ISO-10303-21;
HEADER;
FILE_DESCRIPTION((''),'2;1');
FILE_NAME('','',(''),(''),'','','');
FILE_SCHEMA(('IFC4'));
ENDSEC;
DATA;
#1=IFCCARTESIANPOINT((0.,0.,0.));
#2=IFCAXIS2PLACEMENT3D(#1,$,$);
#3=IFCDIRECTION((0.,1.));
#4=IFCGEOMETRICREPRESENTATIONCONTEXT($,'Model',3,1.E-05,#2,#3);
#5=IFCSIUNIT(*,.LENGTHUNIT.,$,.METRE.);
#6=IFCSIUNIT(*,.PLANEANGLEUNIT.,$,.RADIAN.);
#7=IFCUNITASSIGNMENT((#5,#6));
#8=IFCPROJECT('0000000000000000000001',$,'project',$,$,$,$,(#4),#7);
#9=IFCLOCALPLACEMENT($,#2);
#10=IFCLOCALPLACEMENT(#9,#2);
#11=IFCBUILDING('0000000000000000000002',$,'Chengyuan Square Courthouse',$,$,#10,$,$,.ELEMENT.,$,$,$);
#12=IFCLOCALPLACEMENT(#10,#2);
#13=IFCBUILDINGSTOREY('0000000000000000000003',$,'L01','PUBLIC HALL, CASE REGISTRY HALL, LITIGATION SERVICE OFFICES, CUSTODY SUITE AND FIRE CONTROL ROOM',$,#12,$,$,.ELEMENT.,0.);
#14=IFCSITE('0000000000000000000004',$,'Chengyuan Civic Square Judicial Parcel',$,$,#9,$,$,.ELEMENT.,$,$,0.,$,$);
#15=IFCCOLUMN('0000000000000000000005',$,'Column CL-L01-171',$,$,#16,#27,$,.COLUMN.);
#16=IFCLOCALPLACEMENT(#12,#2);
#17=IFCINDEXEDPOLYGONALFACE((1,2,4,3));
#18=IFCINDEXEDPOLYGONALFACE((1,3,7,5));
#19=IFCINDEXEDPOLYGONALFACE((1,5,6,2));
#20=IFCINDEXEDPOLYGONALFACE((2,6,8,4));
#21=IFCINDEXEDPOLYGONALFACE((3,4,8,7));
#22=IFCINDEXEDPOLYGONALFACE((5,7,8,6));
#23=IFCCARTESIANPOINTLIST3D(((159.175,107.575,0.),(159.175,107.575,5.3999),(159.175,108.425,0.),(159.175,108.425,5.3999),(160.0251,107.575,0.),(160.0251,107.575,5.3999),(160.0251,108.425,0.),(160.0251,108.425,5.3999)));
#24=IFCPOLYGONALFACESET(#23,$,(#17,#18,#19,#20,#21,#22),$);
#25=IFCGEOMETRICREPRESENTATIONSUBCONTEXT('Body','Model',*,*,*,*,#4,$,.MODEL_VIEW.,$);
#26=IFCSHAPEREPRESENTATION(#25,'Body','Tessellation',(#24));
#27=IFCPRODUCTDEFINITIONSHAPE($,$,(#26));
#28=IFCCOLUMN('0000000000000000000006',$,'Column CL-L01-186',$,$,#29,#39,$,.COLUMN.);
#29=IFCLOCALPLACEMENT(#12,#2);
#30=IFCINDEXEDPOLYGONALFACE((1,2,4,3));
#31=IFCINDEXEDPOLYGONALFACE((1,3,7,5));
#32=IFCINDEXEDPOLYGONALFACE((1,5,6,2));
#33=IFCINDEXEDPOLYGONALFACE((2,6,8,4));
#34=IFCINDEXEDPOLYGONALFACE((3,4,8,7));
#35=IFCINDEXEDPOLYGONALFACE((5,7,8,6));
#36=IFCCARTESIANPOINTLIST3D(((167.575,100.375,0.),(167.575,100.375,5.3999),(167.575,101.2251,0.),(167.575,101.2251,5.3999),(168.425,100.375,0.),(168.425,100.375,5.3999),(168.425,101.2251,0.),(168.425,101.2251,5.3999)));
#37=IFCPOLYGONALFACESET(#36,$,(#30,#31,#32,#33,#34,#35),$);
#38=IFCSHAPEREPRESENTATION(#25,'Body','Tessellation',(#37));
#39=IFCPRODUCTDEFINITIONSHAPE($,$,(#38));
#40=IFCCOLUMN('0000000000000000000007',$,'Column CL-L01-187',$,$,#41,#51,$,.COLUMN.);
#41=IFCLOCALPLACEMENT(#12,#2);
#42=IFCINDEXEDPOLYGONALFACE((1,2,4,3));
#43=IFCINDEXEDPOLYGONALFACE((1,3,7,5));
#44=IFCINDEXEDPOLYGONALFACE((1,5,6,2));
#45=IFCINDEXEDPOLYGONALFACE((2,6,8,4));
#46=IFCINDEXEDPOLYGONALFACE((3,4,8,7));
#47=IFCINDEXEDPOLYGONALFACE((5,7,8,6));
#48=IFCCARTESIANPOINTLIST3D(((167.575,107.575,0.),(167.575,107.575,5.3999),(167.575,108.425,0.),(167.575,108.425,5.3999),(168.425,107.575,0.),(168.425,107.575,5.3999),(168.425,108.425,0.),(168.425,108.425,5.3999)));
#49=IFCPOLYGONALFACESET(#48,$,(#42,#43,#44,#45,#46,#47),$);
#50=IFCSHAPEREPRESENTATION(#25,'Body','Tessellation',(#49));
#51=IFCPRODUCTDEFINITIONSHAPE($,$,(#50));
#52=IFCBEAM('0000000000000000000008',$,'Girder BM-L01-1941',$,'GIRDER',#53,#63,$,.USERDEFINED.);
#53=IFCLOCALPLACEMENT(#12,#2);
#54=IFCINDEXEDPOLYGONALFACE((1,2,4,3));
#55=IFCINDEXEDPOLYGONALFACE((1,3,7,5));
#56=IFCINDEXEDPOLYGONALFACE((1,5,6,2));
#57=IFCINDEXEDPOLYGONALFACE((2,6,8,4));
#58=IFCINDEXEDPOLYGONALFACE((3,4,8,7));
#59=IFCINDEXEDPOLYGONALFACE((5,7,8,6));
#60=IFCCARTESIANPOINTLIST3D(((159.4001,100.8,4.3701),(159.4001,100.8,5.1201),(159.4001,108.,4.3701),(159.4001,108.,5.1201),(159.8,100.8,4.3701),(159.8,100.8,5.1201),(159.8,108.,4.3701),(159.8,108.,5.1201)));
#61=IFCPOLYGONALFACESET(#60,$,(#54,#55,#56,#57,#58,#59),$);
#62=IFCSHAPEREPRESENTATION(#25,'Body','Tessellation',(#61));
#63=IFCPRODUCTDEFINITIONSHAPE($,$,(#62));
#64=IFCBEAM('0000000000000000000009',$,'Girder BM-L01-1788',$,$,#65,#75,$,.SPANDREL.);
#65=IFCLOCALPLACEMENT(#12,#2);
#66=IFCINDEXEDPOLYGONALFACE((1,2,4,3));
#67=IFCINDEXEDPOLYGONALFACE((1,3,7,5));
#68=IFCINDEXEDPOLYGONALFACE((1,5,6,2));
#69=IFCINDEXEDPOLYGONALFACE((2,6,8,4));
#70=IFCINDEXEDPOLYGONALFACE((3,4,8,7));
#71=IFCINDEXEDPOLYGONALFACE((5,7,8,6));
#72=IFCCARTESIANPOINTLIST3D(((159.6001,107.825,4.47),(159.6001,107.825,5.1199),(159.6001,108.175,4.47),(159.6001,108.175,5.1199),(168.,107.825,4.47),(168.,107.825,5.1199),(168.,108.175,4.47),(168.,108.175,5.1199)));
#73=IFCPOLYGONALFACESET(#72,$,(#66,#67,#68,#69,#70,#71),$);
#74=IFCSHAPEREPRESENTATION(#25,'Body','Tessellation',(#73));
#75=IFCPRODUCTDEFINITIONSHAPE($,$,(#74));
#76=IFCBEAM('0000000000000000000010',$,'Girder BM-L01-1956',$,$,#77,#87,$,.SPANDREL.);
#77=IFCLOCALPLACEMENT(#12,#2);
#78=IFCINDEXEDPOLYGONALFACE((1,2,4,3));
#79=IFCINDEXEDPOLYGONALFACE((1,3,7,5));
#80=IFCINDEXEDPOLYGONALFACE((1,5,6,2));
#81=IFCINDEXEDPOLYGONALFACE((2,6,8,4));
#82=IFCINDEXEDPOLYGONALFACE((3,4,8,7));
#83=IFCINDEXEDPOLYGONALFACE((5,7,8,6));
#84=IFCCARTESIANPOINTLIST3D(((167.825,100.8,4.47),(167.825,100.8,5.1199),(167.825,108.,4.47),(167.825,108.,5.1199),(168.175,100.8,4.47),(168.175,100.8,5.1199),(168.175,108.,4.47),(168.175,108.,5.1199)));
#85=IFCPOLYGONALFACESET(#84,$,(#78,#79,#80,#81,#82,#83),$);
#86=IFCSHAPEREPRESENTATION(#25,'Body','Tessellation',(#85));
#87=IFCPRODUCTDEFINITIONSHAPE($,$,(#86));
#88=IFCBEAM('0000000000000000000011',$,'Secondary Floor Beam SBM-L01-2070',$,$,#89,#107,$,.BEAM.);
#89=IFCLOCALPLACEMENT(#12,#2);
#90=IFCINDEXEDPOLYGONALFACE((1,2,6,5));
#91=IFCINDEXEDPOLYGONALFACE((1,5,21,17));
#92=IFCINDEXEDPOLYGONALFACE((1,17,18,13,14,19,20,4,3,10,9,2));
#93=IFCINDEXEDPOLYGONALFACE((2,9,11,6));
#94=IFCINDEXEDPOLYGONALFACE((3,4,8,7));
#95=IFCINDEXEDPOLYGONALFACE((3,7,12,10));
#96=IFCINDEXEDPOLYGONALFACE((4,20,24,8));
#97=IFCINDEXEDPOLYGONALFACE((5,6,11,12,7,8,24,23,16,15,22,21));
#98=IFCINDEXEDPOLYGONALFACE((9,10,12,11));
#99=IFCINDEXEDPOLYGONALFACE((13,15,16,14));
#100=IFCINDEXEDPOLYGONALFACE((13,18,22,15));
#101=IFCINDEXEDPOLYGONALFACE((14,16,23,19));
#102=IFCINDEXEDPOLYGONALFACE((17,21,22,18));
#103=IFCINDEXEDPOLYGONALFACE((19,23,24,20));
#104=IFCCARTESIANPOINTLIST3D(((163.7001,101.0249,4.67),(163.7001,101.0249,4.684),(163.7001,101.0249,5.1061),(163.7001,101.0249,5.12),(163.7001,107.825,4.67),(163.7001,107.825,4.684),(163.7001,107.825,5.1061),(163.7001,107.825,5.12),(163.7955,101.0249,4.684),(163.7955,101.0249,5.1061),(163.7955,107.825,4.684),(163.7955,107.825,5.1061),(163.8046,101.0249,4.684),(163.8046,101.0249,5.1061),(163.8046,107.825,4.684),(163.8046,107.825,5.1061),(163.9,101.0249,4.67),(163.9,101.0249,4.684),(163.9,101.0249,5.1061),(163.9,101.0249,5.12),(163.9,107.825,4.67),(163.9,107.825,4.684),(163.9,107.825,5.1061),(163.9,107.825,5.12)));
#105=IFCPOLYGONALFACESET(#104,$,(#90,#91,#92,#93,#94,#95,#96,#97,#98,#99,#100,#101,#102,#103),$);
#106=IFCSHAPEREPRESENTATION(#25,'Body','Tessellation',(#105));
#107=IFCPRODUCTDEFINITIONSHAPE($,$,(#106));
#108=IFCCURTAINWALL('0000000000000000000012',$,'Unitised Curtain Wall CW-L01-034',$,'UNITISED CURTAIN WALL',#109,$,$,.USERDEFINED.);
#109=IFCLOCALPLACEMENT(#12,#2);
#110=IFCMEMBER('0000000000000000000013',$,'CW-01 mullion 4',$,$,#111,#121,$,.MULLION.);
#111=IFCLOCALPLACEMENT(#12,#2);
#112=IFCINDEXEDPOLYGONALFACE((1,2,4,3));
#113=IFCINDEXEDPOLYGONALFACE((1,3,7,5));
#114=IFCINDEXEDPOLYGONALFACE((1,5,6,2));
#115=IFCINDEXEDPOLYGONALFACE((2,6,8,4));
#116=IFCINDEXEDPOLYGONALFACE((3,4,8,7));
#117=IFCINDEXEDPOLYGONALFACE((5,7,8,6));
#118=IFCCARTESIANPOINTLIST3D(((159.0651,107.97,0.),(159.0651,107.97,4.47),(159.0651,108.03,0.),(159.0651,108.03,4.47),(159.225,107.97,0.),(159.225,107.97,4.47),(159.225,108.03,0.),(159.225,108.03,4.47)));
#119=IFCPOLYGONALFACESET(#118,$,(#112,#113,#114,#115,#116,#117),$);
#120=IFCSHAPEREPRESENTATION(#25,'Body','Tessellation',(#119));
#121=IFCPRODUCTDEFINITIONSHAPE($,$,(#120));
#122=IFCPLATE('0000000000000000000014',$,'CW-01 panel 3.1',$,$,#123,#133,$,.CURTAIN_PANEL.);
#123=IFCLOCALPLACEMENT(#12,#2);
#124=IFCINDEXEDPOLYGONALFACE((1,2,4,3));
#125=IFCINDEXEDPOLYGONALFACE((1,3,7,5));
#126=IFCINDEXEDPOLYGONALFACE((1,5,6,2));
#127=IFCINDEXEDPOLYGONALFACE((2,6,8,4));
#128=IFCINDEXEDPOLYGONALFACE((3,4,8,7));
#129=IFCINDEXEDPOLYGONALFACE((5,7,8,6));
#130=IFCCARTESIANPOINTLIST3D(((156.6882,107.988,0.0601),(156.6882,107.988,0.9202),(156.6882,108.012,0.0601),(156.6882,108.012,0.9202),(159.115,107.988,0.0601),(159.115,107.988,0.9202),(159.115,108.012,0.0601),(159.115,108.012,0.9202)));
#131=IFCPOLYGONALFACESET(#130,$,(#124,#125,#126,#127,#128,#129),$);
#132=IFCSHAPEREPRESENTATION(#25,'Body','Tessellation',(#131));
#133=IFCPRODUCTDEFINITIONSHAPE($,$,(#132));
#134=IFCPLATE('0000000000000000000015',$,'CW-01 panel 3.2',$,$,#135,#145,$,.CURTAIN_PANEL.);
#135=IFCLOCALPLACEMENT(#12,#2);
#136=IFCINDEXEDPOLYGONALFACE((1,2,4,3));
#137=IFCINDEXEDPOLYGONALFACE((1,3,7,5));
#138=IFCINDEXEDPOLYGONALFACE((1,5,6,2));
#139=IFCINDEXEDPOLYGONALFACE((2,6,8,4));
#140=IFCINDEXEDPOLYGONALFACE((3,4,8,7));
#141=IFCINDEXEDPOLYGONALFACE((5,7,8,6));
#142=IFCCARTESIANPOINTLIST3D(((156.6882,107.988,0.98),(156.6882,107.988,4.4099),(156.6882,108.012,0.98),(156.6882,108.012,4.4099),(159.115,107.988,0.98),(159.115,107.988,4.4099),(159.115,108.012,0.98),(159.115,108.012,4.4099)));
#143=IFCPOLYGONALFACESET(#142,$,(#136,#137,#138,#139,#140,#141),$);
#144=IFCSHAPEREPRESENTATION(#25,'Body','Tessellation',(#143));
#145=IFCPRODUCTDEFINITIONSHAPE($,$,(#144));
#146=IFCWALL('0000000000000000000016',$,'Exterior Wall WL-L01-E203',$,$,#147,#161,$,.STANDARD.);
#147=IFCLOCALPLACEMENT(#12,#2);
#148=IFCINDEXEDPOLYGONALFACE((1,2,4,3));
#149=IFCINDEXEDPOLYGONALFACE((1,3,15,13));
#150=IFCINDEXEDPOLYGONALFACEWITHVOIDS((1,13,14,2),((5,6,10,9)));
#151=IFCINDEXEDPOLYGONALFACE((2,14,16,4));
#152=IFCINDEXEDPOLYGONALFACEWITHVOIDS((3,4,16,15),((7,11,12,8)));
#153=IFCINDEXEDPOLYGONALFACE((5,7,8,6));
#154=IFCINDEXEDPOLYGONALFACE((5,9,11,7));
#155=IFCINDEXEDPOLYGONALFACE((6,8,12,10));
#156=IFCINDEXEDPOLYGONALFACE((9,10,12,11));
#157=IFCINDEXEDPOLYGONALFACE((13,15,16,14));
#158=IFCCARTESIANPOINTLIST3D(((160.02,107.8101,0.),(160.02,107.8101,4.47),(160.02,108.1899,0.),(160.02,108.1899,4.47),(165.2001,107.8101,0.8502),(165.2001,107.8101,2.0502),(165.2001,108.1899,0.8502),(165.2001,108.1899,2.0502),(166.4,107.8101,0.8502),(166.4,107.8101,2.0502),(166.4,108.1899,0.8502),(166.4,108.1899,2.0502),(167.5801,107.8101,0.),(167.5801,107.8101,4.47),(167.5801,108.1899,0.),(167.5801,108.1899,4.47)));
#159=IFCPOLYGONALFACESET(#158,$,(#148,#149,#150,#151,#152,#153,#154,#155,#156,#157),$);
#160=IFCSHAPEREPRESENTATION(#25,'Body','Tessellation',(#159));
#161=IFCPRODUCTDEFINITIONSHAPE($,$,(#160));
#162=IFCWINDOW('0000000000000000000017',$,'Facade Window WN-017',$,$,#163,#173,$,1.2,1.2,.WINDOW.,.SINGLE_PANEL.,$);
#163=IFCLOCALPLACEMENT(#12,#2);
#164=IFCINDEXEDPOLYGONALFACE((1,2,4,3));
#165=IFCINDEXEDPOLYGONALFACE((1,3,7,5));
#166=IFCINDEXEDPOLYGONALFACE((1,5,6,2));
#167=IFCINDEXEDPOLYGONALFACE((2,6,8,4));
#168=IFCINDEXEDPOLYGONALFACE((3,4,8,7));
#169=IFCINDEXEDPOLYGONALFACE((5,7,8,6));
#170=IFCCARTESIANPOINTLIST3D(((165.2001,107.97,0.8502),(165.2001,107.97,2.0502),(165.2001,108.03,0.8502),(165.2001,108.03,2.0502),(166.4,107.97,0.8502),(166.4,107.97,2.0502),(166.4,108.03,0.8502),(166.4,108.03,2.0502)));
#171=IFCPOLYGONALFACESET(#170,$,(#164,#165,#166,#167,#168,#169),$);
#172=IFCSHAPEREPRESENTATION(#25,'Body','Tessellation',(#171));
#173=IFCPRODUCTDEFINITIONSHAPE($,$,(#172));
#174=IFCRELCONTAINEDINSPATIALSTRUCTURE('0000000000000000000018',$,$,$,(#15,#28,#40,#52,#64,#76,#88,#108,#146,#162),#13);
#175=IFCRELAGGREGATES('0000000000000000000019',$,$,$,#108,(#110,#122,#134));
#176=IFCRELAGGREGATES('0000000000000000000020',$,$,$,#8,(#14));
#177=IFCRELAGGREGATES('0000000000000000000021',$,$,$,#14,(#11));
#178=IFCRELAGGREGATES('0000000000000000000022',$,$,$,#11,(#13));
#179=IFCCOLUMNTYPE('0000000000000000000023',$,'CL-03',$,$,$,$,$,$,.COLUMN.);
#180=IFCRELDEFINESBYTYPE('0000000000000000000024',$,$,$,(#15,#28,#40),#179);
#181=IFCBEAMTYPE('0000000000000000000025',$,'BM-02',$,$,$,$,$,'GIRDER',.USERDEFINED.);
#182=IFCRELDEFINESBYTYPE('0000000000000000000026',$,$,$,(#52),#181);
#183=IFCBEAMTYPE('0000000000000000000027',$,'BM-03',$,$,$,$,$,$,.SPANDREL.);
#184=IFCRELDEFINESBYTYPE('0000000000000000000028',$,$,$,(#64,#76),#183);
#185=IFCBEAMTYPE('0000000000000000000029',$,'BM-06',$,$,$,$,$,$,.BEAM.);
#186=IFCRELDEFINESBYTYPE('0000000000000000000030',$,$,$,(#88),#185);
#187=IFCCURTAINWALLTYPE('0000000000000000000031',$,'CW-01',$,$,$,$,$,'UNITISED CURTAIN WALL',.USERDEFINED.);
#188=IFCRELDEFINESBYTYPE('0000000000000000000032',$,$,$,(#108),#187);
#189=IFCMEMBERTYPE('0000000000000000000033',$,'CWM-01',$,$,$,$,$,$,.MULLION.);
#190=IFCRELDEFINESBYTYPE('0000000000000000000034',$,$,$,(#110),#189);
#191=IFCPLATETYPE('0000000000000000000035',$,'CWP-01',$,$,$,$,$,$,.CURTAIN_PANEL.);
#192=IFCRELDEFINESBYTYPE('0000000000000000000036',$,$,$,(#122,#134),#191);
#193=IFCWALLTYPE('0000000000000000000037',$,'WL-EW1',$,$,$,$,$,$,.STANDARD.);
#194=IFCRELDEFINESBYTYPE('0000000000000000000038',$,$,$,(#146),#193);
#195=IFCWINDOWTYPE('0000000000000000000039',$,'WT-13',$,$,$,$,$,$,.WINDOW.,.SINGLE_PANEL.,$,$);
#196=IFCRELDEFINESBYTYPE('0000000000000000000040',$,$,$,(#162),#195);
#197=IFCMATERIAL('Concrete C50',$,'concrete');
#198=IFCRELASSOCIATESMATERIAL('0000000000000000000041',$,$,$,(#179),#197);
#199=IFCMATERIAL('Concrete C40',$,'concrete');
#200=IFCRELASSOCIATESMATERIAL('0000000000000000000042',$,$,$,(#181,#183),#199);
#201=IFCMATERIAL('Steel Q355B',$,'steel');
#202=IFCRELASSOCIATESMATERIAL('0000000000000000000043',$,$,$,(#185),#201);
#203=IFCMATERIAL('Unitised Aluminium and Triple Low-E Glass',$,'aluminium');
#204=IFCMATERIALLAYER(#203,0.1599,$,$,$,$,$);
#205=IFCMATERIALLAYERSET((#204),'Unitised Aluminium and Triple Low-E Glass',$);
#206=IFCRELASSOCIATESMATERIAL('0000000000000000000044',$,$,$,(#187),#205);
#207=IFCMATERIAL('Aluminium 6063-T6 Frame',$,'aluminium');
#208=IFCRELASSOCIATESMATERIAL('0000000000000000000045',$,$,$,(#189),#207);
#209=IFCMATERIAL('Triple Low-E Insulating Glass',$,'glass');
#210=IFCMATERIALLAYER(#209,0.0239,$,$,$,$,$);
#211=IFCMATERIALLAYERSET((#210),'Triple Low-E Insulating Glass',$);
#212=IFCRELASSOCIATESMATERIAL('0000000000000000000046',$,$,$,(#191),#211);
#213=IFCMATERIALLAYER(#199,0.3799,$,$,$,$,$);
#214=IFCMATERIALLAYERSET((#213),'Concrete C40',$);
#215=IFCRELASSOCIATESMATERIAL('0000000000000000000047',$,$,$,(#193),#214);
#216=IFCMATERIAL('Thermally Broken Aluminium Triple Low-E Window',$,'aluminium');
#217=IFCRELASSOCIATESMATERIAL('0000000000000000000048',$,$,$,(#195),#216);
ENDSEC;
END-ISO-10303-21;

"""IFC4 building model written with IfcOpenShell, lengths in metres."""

from ifc_helpers import new_model, si_unit, direction, frame, frame_2d, origin, origin_2d, place, context, subcontext, project, spatial, rectangle, i_section, extrude, material, layer, layer_set, material_profile, profile_set, type_object, element, fill, aggregate, save


model = new_model("IFC4")

# Units and contexts
model_context = context("Model", 3, precision=1e-05, world=origin(), true_north=direction((0.0, 1.0)))
body_context = subcontext(model_context, "Body", "Model", "MODEL_VIEW")
ifc_project = project(units=[si_unit("LENGTHUNIT", "METRE"), si_unit("PLANEANGLEUNIT", "RADIAN")], contexts=[model_context])

# Site, building, storey
site_placement = place(None, origin())
site = spatial("IfcSite", under=ifc_project, at=site_placement, Name="Chengyuan Civic Square Judicial Parcel", CompositionType="ELEMENT", RefElevation=0.0)
building_placement = place(site_placement, origin())
building = spatial("IfcBuilding", under=site, at=building_placement, Name="Chengyuan Square Courthouse", CompositionType="ELEMENT")
storey_placement = place(building_placement, origin())
storey = spatial("IfcBuildingStorey", under=building, at=storey_placement, Name="L01", Description="PUBLIC HALL, CASE REGISTRY HALL, LITIGATION SERVICE OFFICES, CUSTODY SUITE AND FIRE CONTROL ROOM", CompositionType="ELEMENT", Elevation=0.0)

# Columns
ifc_material_1 = material(Name="Concrete C50", Category="concrete")
ifc_material_profile_1 = material_profile(ifc_material_1, rectangle(XDim=0.8501, YDim=0.8501, at=origin_2d()), Name="RC-COL-850x850")
ifc_profile_set_1 = profile_set([ifc_material_profile_1], Name="Concrete C50")
column_type = type_object("IfcColumnType", Name="CL-03", PredefinedType="COLUMN", material=ifc_profile_set_1)
for number, where, z_axis, x_axis, name in (
    (1, (159.6001, 108.0, 0.0), (0.0, 0.0, 1.0), (1.0, 0.0, 0.0), "Column CL-L01-171"),
    (2, (168.0, 100.8, 0.0), (0.0, 0.0, 1.0), (1.0, 0.0, 0.0), "Column CL-L01-186"),
    (3, (168.0, 108.0, 0.0), (0.0, 0.0, 1.0), (1.0, 0.0, 0.0), "Column CL-L01-187"),
):
    element("IfcColumn", number, at=place(storey_placement, frame(where, z_axis=z_axis, x_axis=x_axis)), inside=storey, type_object=column_type, Name=name, PredefinedType="COLUMN", context=body_context, shape_type="SweptSolid", body=[
        extrude(rectangle(XDim=0.8501, YDim=0.8501, at=origin_2d()), origin(), (0.0, 0.0, 1.0), 5.3999),
    ])

# Beams
ifc_material_2 = material(Name="Concrete C40", Category="concrete")
ifc_material_profile_2 = material_profile(ifc_material_2, rectangle(XDim=0.3999, YDim=0.75, at=origin_2d()), Name="RC-BM-400x750")
ifc_profile_set_2 = profile_set([ifc_material_profile_2], Name="Concrete C40")
beam_type_1 = type_object("IfcBeamType", Name="BM-02", ElementType="GIRDER", PredefinedType="USERDEFINED", material=ifc_profile_set_2)
beam_1_placement = place(storey_placement, frame((159.6001, 100.8, 4.7451), z_axis=(0.0, 1.0, 0.0), x_axis=(-1.0, 0.0, 0.0)))
element("IfcBeam", 4, at=beam_1_placement, inside=storey, type_object=beam_type_1, Name="Girder BM-L01-1941", ObjectType="GIRDER", PredefinedType="USERDEFINED", context=body_context, shape_type="SweptSolid", body=[
    extrude(rectangle(XDim=0.3999, YDim=0.75, at=origin_2d()), origin(), (0.0, 0.0, 1.0), 7.2),
])
ifc_material_profile_3 = material_profile(ifc_material_2, rectangle(XDim=0.3501, YDim=0.6499, at=origin_2d()), Name="RC-BM-350x650")
ifc_profile_set_3 = profile_set([ifc_material_profile_3], Name="Concrete C40")
beam_type_2 = type_object("IfcBeamType", Name="BM-03", PredefinedType="SPANDREL", material=ifc_profile_set_3)
beam_2_placement = place(storey_placement, frame((159.6001, 108.0, 4.7949), z_axis=(1.0, 0.0, 0.0), x_axis=(0.0, 1.0, 0.0)))
element("IfcBeam", 5, at=beam_2_placement, inside=storey, type_object=beam_type_2, Name="Girder BM-L01-1788", PredefinedType="SPANDREL", context=body_context, shape_type="SweptSolid", body=[
    extrude(rectangle(XDim=0.3501, YDim=0.6499, at=origin_2d()), origin(), (0.0, 0.0, 1.0), 8.3999),
])
beam_3_placement = place(storey_placement, frame((168.0, 100.8, 4.7949), z_axis=(0.0, 1.0, 0.0), x_axis=(-1.0, 0.0, 0.0)))
element("IfcBeam", 6, at=beam_3_placement, inside=storey, type_object=beam_type_2, Name="Girder BM-L01-1956", PredefinedType="SPANDREL", context=body_context, shape_type="SweptSolid", body=[
    extrude(rectangle(XDim=0.3501, YDim=0.6499, at=origin_2d()), origin(), (0.0, 0.0, 1.0), 7.2),
])
ifc_material_3 = material(Name="Steel Q355B", Category="steel")
ifc_material_profile_4 = material_profile(ifc_material_3, i_section(OverallWidth=0.2, OverallDepth=0.45, WebThickness=0.009, FlangeThickness=0.0139, at=origin_2d()), Name="HN 450x200x9x14")
ifc_profile_set_4 = profile_set([ifc_material_profile_4], Name="Steel Q355B")
beam_type_3 = type_object("IfcBeamType", Name="BM-06", PredefinedType="BEAM", material=ifc_profile_set_4)
beam_4_placement = place(storey_placement, frame((163.8, 101.0249, 4.895), z_axis=(0.0, 1.0, 0.0), x_axis=(-1.0, 0.0, 0.0)))
element("IfcBeam", 7, at=beam_4_placement, inside=storey, type_object=beam_type_3, Name="Secondary Floor Beam SBM-L01-2070", PredefinedType="BEAM", context=body_context, shape_type="SweptSolid", body=[
    extrude(i_section(OverallWidth=0.2, OverallDepth=0.45, WebThickness=0.009, FlangeThickness=0.0139, at=origin_2d()), origin(), (0.0, 0.0, 1.0), 6.8),
])

# Curtain wall, member, plates
ifc_material_4 = material(Name="Unitised Aluminium and Triple Low-E Glass", Category="aluminium")
ifc_layer_1 = layer(ifc_material_4, 0.1599)
ifc_layer_set_1 = layer_set([ifc_layer_1], Name="Unitised Aluminium and Triple Low-E Glass")
curtain_wall_type = type_object("IfcCurtainWallType", Name="CW-01", ElementType="UNITISED CURTAIN WALL", PredefinedType="USERDEFINED", material=ifc_layer_set_1)
curtain_wall_placement = place(storey_placement, origin())
curtain_wall = element("IfcCurtainWall", 8, at=curtain_wall_placement, inside=storey, type_object=curtain_wall_type, Name="Unitised Curtain Wall CW-L01-034", ObjectType="UNITISED CURTAIN WALL", PredefinedType="USERDEFINED")
ifc_material_5 = material(Name="Aluminium 6063-T6 Frame", Category="aluminium")
ifc_material_profile_5 = material_profile(ifc_material_5, rectangle(XDim=0.0601, YDim=0.1599, at=origin_2d()), Name="CW-MUL-60x160")
ifc_profile_set_5 = profile_set([ifc_material_profile_5], Name="Aluminium 6063-T6 Frame")
member_type = type_object("IfcMemberType", Name="CWM-01", PredefinedType="MULLION", material=ifc_profile_set_5)
member_placement = place(storey_placement, frame((159.145, 108.0, 0.0), z_axis=(0.0, 0.0, 1.0), x_axis=(0.0, 1.0, 0.0)))
member = element("IfcMember", 9, at=member_placement, type_object=member_type, Name="CW-01 mullion 4", PredefinedType="MULLION", context=body_context, shape_type="SweptSolid", body=[
    extrude(rectangle(XDim=0.0601, YDim=0.1599, at=origin_2d()), origin(), (0.0, 0.0, 1.0), 4.47),
])
ifc_material_6 = material(Name="Triple Low-E Insulating Glass", Category="glass")
ifc_layer_2 = layer(ifc_material_6, 0.0239)
ifc_layer_set_2 = layer_set([ifc_layer_2], Name="Triple Low-E Insulating Glass")
plate_type = type_object("IfcPlateType", Name="CWP-01", PredefinedType="CURTAIN_PANEL", material=ifc_layer_set_2)
plate_1_placement = place(storey_placement, frame((157.9016, 108.0, 0.0601), z_axis=(0.0, 0.0, 1.0), x_axis=(1.0, 0.0, 0.0)))
plate_1 = element("IfcPlate", 10, at=plate_1_placement, type_object=plate_type, Name="CW-01 panel 3.1", PredefinedType="CURTAIN_PANEL", context=body_context, shape_type="SweptSolid", body=[
    extrude(rectangle(XDim=2.4268, YDim=0.0239, at=origin_2d()), origin(), (0.0, 0.0, 1.0), 0.8601),
])
plate_2_placement = place(storey_placement, frame((157.9016, 108.0, 0.98), z_axis=(0.0, 0.0, 1.0), x_axis=(1.0, 0.0, 0.0)))
plate_2 = element("IfcPlate", 11, at=plate_2_placement, type_object=plate_type, Name="CW-01 panel 3.2", PredefinedType="CURTAIN_PANEL", context=body_context, shape_type="SweptSolid", body=[
    extrude(rectangle(XDim=2.4268, YDim=0.0239, at=origin_2d()), origin(), (0.0, 0.0, 1.0), 3.4299),
])
aggregate(curtain_wall, [member, plate_1, plate_2])

# Wall, opening, window
ifc_layer_3 = layer(ifc_material_2, 0.3799)
ifc_layer_set_3 = layer_set([ifc_layer_3], Name="Concrete C40")
wall_type_1 = type_object("IfcWallType", Name="WL-EW1", PredefinedType="STANDARD", material=ifc_layer_set_3)
wall_1_placement = place(storey_placement, frame((160.02, 108.0, 0.0), z_axis=(0.0, 0.0, 1.0), x_axis=(1.0, 0.0, 0.0)))
wall_1 = element("IfcWall", 12, at=wall_1_placement, inside=storey, type_object=wall_type_1, Name="Exterior Wall WL-L01-E203", PredefinedType="STANDARD", context=body_context, shape_type="SweptSolid", body=[
    extrude(rectangle(XDim=7.5601, YDim=0.3799, at=frame_2d((3.78, 0.0))), origin(), (0.0, 0.0, 1.0), 4.47),
])
opening_1_placement = place(wall_1_placement, frame((5.1799, 0.0, 0.8501)))
opening_1 = element("IfcOpeningElement", 13, at=opening_1_placement, cuts=wall_1, PredefinedType="OPENING", context=body_context, shape_type="SweptSolid", body=[
    extrude(rectangle(XDim=1.2, YDim=1.2, at=frame_2d((0.6001, 0.6001))), frame((0.0, 0.2019, 0.0), z_axis=(0.0, -1.0, 0.0), x_axis=(1.0, 0.0, 0.0)), (0.0, 0.0, 1.0), 0.4038),
])
ifc_material_7 = material(Name="Thermally Broken Aluminium Triple Low-E Window", Category="aluminium")
window_type_1 = type_object("IfcWindowType", Name="WT-13", PartitioningType="SINGLE_PANEL", PredefinedType="WINDOW", material=ifc_material_7)
window_1_placement = place(opening_1_placement, origin())
window_1 = element("IfcWindow", 14, at=window_1_placement, inside=storey, type_object=window_type_1, Name="Facade Window WN-017", OverallHeight=1.2, OverallWidth=1.2, PartitioningType="SINGLE_PANEL", PredefinedType="WINDOW", context=body_context, shape_type="SweptSolid", body=[
    extrude(rectangle(XDim=1.2, YDim=1.2, at=frame_2d((0.6001, 0.6001))), frame((0.0, 0.03, 0.0), z_axis=(0.0, -1.0, 0.0), x_axis=(1.0, 0.0, 0.0)), (0.0, 0.0, 1.0), 0.0601),
])
fill(opening_1, window_1)

save(model, "model.ifc")
